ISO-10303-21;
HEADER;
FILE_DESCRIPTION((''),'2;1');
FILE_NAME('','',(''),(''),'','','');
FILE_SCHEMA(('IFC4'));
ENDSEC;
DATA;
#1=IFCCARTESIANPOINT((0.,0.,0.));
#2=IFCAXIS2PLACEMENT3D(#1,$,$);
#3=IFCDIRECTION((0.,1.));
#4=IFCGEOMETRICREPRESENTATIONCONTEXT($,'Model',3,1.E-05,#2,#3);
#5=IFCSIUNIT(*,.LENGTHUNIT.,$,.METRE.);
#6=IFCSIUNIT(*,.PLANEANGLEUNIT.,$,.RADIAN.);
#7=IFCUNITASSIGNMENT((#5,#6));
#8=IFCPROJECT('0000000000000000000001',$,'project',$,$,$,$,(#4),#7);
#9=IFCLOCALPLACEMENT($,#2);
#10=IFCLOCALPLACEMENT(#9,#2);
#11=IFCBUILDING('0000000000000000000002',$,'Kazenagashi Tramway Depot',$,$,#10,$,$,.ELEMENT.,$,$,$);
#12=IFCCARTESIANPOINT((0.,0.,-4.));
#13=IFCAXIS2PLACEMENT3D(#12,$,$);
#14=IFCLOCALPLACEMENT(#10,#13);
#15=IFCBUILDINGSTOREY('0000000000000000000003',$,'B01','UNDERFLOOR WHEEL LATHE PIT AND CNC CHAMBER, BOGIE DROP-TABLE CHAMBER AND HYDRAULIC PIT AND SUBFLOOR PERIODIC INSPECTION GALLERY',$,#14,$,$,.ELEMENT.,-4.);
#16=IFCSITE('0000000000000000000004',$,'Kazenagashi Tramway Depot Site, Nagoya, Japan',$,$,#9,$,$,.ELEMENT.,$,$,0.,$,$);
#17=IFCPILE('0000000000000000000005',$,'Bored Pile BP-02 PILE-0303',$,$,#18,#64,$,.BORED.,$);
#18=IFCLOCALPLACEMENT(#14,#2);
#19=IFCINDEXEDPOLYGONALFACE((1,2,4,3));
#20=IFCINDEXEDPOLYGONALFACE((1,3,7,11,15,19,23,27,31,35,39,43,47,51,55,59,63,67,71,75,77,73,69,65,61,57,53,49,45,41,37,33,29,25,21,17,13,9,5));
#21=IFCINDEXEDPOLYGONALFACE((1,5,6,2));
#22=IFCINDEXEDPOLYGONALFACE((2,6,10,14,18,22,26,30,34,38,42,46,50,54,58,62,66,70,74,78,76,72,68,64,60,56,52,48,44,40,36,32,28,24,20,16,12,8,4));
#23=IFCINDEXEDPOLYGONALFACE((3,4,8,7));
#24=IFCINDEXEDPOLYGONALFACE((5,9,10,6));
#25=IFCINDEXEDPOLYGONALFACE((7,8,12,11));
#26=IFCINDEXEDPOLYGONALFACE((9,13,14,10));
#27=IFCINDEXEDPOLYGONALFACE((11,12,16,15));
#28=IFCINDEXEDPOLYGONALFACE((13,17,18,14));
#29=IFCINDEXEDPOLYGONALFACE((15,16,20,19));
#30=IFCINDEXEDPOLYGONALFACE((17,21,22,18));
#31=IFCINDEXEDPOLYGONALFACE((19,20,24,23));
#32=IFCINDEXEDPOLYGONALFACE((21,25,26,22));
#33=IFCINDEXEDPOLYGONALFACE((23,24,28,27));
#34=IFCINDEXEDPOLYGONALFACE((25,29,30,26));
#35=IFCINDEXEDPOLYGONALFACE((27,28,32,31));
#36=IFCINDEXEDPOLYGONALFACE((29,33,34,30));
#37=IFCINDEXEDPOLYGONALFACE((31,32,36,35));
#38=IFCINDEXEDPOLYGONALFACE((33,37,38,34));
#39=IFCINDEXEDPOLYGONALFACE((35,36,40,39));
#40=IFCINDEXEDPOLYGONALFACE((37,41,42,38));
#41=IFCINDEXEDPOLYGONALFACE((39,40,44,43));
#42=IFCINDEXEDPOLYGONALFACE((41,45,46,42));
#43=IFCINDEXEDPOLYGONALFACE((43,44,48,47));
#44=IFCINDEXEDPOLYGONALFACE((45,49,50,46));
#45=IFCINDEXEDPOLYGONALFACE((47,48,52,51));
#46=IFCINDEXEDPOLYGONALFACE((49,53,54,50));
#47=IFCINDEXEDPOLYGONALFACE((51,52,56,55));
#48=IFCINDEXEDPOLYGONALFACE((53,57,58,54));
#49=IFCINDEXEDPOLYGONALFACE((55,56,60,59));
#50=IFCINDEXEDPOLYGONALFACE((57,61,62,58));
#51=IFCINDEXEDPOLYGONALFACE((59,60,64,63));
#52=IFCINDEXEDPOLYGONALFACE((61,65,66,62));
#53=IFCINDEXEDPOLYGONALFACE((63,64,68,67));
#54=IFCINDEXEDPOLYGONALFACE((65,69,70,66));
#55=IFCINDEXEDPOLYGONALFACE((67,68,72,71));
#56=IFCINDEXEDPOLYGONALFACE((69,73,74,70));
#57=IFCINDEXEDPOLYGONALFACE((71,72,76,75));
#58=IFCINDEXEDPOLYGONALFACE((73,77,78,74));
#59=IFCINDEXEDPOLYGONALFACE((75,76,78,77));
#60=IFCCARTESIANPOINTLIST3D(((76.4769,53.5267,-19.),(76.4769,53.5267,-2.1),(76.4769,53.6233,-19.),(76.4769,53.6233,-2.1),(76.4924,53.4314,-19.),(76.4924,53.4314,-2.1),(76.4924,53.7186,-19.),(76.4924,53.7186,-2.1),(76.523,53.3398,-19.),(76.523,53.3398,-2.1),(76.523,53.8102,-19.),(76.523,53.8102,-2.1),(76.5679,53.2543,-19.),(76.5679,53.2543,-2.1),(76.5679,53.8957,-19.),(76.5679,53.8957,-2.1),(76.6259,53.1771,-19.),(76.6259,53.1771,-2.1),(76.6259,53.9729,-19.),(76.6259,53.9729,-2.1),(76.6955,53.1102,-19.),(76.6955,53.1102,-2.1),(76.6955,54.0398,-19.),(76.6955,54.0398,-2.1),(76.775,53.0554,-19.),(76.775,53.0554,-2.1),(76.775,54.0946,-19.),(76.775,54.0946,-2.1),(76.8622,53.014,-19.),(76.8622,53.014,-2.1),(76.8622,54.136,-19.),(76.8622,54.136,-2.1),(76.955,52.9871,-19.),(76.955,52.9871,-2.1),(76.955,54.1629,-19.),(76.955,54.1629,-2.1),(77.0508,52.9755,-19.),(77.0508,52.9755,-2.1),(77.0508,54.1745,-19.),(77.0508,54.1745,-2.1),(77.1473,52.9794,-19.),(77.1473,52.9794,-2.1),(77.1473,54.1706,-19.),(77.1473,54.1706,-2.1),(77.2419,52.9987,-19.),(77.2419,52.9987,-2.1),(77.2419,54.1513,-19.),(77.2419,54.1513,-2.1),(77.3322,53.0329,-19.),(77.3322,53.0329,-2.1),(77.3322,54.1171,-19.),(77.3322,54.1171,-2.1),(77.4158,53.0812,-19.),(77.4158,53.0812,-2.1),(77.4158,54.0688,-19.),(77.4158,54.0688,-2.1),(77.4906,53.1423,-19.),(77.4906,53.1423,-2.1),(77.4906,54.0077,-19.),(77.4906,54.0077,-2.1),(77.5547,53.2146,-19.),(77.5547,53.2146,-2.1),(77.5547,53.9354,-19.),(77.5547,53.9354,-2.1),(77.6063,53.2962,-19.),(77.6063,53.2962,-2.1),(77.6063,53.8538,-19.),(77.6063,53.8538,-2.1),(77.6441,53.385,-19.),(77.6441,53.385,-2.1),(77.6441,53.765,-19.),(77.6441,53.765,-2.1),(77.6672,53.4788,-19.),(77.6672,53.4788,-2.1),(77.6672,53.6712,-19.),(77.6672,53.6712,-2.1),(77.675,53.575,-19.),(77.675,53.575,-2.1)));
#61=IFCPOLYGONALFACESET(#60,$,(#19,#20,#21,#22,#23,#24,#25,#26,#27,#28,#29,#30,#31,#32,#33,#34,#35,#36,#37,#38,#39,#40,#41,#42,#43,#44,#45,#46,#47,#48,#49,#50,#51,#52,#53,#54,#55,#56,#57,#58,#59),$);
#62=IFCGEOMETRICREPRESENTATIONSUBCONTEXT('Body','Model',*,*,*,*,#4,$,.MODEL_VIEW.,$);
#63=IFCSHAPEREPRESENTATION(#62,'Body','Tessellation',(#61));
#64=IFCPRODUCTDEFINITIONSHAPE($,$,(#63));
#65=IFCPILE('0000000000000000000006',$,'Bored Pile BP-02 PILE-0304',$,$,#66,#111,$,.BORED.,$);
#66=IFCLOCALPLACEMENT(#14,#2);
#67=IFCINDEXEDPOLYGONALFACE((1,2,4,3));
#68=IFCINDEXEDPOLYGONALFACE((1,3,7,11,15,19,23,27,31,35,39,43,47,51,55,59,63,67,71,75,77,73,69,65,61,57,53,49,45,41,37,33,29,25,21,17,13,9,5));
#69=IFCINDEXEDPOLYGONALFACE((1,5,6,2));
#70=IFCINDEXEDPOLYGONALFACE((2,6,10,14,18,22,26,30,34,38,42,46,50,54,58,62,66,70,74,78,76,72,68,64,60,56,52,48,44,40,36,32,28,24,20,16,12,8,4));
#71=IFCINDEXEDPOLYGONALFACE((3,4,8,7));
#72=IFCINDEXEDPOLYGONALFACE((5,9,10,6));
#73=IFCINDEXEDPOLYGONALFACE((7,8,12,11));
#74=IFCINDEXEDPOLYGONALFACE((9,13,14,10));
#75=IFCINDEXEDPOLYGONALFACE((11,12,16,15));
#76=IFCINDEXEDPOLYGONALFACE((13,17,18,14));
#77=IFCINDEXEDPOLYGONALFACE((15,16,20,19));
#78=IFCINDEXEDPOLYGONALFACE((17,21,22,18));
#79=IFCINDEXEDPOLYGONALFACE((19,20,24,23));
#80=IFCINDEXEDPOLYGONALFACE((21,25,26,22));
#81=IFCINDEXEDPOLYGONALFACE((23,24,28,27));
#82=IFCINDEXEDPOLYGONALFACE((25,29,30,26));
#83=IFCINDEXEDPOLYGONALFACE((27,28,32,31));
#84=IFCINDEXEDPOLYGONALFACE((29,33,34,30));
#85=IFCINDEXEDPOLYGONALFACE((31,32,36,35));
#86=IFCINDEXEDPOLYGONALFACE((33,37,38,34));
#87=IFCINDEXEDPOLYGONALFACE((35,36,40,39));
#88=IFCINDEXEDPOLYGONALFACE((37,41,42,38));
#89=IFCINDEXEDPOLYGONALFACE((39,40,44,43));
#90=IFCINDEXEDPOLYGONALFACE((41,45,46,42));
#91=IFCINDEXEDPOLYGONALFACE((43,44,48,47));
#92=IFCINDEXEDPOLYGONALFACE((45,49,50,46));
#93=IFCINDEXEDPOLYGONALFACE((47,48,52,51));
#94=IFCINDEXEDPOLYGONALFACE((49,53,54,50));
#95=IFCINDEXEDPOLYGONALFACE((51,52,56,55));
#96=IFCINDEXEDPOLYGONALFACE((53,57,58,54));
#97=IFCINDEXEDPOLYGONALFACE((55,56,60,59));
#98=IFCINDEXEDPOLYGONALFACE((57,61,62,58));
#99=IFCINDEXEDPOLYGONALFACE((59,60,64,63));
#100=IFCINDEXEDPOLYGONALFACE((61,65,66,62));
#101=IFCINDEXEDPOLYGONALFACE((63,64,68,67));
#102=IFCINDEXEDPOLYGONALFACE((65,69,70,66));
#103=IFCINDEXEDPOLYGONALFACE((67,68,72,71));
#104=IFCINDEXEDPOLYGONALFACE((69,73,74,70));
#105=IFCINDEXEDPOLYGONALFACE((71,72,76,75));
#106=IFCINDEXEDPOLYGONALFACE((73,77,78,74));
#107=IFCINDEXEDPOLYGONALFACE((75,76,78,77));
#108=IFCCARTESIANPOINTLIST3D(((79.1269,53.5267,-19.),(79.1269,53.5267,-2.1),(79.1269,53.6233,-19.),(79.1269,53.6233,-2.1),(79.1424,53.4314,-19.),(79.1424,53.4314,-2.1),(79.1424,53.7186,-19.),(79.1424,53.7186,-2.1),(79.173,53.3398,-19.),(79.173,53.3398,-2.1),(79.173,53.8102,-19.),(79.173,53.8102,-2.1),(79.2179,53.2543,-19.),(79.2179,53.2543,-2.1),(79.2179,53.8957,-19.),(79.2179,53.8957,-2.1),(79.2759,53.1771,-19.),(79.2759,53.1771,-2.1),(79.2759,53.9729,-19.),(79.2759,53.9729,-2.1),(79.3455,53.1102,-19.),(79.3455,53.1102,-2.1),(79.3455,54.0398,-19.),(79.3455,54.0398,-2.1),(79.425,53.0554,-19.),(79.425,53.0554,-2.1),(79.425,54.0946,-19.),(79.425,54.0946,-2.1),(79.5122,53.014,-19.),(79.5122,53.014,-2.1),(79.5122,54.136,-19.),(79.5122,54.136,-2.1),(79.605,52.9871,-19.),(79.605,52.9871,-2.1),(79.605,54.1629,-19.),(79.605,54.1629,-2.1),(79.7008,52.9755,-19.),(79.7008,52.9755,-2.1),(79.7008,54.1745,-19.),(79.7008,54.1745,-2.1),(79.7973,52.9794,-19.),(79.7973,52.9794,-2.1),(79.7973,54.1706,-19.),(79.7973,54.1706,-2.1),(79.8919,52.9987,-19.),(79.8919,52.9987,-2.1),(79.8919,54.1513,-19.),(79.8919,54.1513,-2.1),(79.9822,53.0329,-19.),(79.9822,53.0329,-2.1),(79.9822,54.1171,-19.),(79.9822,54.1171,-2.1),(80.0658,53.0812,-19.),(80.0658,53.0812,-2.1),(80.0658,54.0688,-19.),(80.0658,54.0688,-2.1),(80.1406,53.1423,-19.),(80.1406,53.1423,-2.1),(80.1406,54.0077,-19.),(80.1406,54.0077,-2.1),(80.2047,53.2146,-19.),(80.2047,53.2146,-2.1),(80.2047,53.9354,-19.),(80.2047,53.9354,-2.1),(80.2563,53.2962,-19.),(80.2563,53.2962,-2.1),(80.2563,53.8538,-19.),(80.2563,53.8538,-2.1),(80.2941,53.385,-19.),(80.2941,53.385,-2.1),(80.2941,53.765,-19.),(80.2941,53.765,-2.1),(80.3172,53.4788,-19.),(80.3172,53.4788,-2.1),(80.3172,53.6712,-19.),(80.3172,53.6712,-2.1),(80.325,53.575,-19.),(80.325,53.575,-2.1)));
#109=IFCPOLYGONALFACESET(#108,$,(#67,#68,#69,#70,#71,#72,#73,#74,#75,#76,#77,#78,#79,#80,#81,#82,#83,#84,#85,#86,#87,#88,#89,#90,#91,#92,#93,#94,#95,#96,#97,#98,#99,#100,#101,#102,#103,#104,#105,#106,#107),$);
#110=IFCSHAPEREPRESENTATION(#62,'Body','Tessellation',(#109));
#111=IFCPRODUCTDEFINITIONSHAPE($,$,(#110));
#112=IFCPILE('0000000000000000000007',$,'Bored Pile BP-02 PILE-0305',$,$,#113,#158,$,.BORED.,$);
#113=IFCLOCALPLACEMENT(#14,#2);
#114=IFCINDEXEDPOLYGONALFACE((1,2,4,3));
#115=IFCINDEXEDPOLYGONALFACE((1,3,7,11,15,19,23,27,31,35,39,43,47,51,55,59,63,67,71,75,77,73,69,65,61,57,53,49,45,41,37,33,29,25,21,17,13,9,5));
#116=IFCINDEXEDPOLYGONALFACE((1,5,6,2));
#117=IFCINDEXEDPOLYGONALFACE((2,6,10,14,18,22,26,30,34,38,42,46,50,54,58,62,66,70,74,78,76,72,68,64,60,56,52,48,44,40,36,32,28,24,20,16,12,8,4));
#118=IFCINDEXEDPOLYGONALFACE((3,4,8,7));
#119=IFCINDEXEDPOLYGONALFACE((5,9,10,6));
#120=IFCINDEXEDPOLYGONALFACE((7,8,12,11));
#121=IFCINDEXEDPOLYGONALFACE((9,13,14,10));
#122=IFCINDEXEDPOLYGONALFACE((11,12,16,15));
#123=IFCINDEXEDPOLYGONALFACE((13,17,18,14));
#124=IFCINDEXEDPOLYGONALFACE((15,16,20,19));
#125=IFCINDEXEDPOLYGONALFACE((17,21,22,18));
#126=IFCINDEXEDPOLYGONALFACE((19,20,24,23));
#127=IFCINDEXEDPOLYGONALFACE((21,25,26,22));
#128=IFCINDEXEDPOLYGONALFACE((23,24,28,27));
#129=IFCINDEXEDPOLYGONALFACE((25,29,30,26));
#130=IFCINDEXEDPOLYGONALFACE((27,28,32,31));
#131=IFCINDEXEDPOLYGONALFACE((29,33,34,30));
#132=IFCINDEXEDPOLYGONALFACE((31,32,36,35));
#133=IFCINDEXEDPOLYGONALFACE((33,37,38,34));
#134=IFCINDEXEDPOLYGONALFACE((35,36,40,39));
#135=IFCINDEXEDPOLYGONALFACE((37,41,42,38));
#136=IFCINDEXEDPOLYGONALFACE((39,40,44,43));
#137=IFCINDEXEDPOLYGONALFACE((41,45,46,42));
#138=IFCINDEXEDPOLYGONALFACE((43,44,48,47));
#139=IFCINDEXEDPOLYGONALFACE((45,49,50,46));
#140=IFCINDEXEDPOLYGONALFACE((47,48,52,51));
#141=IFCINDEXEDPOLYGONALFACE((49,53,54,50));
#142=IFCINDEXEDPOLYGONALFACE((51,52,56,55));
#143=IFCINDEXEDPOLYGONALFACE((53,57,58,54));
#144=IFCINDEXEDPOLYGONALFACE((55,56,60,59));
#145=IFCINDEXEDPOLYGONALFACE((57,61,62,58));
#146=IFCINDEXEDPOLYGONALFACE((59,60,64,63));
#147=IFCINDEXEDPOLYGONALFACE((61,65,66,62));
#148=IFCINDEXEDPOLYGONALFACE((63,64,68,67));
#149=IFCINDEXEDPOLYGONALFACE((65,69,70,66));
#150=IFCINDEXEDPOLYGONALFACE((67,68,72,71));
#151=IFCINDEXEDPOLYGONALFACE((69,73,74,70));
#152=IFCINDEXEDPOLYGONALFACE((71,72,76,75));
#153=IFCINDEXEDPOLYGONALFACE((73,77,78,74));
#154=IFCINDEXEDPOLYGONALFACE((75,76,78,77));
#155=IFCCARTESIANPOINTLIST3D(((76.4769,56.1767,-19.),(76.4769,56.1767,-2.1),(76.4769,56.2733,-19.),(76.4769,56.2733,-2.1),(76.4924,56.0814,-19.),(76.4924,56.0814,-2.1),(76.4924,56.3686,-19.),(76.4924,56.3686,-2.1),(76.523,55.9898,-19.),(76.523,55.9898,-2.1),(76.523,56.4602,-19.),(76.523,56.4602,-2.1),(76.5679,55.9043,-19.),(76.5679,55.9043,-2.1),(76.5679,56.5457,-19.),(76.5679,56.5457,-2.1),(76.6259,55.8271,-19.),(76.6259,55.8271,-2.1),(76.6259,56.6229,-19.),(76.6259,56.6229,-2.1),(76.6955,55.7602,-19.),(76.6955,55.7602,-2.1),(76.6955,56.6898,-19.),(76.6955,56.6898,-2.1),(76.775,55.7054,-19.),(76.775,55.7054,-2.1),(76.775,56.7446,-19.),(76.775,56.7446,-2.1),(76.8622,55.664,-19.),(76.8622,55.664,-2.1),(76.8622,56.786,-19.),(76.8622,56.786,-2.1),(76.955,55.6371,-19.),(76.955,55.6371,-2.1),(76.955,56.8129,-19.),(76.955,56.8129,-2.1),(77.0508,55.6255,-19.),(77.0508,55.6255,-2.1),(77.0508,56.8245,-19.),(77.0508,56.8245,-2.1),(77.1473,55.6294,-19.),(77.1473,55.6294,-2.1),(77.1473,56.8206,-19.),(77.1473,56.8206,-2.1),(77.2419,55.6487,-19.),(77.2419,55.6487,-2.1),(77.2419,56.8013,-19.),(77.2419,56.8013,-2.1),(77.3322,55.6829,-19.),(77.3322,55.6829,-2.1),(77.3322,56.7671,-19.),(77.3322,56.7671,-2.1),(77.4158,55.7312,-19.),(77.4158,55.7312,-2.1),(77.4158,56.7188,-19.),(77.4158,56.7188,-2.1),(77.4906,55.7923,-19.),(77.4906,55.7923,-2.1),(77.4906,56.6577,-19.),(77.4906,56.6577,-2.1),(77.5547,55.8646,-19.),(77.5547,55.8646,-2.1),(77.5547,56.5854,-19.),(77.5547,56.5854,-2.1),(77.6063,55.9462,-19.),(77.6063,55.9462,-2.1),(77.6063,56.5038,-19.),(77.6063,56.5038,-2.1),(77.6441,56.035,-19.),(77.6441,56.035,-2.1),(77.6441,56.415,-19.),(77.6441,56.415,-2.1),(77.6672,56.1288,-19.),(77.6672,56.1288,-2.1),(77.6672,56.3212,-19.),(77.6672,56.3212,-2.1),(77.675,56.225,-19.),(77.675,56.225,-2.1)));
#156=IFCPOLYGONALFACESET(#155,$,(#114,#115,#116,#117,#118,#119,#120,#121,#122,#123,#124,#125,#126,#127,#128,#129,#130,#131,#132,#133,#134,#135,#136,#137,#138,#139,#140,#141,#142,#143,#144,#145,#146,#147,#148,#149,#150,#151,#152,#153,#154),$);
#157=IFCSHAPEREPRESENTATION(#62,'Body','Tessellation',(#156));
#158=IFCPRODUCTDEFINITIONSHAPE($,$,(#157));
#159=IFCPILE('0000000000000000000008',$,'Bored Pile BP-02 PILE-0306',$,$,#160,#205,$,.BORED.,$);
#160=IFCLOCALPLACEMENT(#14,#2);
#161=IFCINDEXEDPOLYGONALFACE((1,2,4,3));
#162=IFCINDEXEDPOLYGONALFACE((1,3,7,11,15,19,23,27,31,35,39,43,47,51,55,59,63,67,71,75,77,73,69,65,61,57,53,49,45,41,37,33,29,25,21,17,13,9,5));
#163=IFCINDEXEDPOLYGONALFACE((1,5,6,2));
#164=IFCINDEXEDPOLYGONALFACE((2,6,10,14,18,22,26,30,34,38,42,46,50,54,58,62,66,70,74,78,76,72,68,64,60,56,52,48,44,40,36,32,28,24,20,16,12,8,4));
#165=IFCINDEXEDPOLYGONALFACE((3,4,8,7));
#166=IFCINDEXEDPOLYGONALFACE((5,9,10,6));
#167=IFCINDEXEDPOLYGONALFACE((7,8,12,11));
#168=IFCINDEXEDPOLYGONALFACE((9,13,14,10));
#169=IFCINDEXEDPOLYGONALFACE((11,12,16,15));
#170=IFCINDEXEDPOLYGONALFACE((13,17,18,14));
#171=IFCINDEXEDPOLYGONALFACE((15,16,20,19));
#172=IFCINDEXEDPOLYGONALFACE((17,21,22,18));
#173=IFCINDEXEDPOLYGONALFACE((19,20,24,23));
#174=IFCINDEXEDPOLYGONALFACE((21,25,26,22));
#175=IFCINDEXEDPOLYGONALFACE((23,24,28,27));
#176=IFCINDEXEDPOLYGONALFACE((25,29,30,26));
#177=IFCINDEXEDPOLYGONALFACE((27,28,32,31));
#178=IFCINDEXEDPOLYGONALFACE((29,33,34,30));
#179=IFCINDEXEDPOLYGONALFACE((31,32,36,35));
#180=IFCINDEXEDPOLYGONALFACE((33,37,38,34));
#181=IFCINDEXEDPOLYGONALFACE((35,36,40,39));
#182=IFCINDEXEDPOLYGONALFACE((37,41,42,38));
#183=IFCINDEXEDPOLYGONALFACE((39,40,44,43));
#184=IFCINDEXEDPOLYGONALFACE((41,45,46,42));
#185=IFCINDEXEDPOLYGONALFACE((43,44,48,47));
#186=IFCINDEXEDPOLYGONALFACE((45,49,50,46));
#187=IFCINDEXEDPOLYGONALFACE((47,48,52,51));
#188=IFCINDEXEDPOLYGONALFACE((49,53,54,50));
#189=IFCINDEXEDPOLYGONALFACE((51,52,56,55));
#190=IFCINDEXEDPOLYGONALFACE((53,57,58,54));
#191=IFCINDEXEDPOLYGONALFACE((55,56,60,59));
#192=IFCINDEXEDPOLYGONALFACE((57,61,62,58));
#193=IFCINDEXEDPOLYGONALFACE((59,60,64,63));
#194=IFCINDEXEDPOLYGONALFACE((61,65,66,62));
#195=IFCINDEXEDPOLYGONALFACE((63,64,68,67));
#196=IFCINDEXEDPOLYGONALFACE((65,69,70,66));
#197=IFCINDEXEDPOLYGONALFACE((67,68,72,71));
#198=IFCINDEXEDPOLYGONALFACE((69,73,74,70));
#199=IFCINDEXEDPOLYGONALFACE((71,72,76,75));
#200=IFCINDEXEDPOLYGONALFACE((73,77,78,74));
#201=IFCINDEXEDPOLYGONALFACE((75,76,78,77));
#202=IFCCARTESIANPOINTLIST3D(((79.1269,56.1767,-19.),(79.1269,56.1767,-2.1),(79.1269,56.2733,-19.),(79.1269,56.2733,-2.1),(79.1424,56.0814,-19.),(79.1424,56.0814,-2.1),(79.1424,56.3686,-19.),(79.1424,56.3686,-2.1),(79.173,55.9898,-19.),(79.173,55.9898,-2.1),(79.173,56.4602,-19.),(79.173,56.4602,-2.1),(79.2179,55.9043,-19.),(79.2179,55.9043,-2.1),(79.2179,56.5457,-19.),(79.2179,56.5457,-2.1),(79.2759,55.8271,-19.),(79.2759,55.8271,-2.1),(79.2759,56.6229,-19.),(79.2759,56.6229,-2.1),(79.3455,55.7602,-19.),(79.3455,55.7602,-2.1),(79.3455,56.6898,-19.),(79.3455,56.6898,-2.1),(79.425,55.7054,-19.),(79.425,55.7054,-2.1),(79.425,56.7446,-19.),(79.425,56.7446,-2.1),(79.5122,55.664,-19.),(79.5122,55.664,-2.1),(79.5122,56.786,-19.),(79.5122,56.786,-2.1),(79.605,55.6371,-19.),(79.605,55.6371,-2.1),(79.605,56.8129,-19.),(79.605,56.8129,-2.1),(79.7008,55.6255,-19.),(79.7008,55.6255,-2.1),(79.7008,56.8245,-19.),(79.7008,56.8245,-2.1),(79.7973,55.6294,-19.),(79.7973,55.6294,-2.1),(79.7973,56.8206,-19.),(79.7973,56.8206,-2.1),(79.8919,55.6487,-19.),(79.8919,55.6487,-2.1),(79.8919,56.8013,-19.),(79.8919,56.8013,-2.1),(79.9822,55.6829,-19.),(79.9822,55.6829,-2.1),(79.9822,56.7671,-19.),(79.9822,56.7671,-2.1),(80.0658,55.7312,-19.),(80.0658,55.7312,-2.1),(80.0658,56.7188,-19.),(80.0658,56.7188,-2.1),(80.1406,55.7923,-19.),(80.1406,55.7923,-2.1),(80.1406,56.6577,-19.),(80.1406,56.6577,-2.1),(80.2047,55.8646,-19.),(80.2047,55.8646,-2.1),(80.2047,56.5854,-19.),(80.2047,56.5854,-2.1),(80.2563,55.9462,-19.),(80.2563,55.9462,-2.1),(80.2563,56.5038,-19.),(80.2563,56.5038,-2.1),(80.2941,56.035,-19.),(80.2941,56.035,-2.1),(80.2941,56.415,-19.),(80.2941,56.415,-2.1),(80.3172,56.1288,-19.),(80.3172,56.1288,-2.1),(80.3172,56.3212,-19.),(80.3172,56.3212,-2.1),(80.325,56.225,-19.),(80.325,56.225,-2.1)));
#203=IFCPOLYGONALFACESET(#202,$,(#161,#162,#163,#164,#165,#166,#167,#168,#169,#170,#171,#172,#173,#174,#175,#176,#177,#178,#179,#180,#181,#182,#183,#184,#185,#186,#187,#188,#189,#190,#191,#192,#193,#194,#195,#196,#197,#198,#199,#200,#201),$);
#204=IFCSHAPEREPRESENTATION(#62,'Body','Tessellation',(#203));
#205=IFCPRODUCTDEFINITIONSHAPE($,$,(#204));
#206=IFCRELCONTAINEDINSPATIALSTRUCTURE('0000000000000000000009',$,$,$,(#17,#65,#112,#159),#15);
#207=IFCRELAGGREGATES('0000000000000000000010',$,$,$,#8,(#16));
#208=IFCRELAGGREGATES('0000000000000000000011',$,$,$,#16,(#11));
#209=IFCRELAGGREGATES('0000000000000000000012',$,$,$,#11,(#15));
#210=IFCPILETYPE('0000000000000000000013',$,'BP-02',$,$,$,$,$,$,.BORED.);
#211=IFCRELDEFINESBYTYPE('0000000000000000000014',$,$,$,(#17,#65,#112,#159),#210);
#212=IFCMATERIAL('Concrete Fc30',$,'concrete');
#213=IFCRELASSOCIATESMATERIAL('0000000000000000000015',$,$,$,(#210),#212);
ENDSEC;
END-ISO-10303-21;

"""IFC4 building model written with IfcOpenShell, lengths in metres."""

from ifc_helpers import new_model, si_unit, direction, frame, origin, origin_2d, place, context, subcontext, project, spatial, circle, extrude, material, material_profile, profile_set, type_object, element, save


model = new_model("IFC4")

# Units and contexts
model_context = context("Model", 3, precision=1e-05, world=origin(), true_north=direction((0.0, 1.0)))
body_context = subcontext(model_context, "Body", "Model", "MODEL_VIEW")
ifc_project = project(units=[si_unit("LENGTHUNIT", "METRE"), si_unit("PLANEANGLEUNIT", "RADIAN")], contexts=[model_context])

# Site, building, storey
site_placement = place(None, origin())
site = spatial("IfcSite", under=ifc_project, at=site_placement, Name="Kazenagashi Tramway Depot Site, Nagoya, Japan", CompositionType="ELEMENT", RefElevation=0.0)
building_placement = place(site_placement, origin())
building = spatial("IfcBuilding", under=site, at=building_placement, Name="Kazenagashi Tramway Depot", CompositionType="ELEMENT")
storey_placement = place(building_placement, frame((0.0, 0.0, -4.0)))
storey = spatial("IfcBuildingStorey", under=building, at=storey_placement, Name="B01", Description="UNDERFLOOR WHEEL LATHE PIT AND CNC CHAMBER, BOGIE DROP-TABLE CHAMBER AND HYDRAULIC PIT AND SUBFLOOR PERIODIC INSPECTION GALLERY", CompositionType="ELEMENT", Elevation=-4.0)

# Piles
ifc_material_1 = material(Name="Concrete Fc30", Category="concrete")
ifc_material_profile_1 = material_profile(ifc_material_1, circle(Radius=0.6, at=origin_2d()), Name="PILE-1200")
ifc_profile_set_1 = profile_set([ifc_material_profile_1], Name="Concrete Fc30")
pile_type = type_object("IfcPileType", Name="BP-02", PredefinedType="BORED", material=ifc_profile_set_1)
for number, where, z_axis, x_axis, name in (
    (1, (77.075, 53.575, -2.1), (0.0, 0.0, -1.0), (1.0, 0.0, 0.0), "Bored Pile BP-02 PILE-0303"),
    (2, (79.725, 53.575, -2.1), (0.0, 0.0, -1.0), (1.0, 0.0, 0.0), "Bored Pile BP-02 PILE-0304"),
    (3, (77.075, 56.225, -2.1), (0.0, 0.0, -1.0), (1.0, 0.0, 0.0), "Bored Pile BP-02 PILE-0305"),
    (4, (79.725, 56.225, -2.1), (0.0, 0.0, -1.0), (1.0, 0.0, 0.0), "Bored Pile BP-02 PILE-0306"),
):
    element("IfcPile", number, at=place(storey_placement, frame(where, z_axis=z_axis, x_axis=x_axis)), inside=storey, type_object=pile_type, Name=name, PredefinedType="BORED", context=body_context, shape_type="SweptSolid", body=[
        extrude(circle(Radius=0.6, at=origin_2d()), origin(), (0.0, 0.0, 1.0), 16.9),
    ])

save(model, "model.ifc")
